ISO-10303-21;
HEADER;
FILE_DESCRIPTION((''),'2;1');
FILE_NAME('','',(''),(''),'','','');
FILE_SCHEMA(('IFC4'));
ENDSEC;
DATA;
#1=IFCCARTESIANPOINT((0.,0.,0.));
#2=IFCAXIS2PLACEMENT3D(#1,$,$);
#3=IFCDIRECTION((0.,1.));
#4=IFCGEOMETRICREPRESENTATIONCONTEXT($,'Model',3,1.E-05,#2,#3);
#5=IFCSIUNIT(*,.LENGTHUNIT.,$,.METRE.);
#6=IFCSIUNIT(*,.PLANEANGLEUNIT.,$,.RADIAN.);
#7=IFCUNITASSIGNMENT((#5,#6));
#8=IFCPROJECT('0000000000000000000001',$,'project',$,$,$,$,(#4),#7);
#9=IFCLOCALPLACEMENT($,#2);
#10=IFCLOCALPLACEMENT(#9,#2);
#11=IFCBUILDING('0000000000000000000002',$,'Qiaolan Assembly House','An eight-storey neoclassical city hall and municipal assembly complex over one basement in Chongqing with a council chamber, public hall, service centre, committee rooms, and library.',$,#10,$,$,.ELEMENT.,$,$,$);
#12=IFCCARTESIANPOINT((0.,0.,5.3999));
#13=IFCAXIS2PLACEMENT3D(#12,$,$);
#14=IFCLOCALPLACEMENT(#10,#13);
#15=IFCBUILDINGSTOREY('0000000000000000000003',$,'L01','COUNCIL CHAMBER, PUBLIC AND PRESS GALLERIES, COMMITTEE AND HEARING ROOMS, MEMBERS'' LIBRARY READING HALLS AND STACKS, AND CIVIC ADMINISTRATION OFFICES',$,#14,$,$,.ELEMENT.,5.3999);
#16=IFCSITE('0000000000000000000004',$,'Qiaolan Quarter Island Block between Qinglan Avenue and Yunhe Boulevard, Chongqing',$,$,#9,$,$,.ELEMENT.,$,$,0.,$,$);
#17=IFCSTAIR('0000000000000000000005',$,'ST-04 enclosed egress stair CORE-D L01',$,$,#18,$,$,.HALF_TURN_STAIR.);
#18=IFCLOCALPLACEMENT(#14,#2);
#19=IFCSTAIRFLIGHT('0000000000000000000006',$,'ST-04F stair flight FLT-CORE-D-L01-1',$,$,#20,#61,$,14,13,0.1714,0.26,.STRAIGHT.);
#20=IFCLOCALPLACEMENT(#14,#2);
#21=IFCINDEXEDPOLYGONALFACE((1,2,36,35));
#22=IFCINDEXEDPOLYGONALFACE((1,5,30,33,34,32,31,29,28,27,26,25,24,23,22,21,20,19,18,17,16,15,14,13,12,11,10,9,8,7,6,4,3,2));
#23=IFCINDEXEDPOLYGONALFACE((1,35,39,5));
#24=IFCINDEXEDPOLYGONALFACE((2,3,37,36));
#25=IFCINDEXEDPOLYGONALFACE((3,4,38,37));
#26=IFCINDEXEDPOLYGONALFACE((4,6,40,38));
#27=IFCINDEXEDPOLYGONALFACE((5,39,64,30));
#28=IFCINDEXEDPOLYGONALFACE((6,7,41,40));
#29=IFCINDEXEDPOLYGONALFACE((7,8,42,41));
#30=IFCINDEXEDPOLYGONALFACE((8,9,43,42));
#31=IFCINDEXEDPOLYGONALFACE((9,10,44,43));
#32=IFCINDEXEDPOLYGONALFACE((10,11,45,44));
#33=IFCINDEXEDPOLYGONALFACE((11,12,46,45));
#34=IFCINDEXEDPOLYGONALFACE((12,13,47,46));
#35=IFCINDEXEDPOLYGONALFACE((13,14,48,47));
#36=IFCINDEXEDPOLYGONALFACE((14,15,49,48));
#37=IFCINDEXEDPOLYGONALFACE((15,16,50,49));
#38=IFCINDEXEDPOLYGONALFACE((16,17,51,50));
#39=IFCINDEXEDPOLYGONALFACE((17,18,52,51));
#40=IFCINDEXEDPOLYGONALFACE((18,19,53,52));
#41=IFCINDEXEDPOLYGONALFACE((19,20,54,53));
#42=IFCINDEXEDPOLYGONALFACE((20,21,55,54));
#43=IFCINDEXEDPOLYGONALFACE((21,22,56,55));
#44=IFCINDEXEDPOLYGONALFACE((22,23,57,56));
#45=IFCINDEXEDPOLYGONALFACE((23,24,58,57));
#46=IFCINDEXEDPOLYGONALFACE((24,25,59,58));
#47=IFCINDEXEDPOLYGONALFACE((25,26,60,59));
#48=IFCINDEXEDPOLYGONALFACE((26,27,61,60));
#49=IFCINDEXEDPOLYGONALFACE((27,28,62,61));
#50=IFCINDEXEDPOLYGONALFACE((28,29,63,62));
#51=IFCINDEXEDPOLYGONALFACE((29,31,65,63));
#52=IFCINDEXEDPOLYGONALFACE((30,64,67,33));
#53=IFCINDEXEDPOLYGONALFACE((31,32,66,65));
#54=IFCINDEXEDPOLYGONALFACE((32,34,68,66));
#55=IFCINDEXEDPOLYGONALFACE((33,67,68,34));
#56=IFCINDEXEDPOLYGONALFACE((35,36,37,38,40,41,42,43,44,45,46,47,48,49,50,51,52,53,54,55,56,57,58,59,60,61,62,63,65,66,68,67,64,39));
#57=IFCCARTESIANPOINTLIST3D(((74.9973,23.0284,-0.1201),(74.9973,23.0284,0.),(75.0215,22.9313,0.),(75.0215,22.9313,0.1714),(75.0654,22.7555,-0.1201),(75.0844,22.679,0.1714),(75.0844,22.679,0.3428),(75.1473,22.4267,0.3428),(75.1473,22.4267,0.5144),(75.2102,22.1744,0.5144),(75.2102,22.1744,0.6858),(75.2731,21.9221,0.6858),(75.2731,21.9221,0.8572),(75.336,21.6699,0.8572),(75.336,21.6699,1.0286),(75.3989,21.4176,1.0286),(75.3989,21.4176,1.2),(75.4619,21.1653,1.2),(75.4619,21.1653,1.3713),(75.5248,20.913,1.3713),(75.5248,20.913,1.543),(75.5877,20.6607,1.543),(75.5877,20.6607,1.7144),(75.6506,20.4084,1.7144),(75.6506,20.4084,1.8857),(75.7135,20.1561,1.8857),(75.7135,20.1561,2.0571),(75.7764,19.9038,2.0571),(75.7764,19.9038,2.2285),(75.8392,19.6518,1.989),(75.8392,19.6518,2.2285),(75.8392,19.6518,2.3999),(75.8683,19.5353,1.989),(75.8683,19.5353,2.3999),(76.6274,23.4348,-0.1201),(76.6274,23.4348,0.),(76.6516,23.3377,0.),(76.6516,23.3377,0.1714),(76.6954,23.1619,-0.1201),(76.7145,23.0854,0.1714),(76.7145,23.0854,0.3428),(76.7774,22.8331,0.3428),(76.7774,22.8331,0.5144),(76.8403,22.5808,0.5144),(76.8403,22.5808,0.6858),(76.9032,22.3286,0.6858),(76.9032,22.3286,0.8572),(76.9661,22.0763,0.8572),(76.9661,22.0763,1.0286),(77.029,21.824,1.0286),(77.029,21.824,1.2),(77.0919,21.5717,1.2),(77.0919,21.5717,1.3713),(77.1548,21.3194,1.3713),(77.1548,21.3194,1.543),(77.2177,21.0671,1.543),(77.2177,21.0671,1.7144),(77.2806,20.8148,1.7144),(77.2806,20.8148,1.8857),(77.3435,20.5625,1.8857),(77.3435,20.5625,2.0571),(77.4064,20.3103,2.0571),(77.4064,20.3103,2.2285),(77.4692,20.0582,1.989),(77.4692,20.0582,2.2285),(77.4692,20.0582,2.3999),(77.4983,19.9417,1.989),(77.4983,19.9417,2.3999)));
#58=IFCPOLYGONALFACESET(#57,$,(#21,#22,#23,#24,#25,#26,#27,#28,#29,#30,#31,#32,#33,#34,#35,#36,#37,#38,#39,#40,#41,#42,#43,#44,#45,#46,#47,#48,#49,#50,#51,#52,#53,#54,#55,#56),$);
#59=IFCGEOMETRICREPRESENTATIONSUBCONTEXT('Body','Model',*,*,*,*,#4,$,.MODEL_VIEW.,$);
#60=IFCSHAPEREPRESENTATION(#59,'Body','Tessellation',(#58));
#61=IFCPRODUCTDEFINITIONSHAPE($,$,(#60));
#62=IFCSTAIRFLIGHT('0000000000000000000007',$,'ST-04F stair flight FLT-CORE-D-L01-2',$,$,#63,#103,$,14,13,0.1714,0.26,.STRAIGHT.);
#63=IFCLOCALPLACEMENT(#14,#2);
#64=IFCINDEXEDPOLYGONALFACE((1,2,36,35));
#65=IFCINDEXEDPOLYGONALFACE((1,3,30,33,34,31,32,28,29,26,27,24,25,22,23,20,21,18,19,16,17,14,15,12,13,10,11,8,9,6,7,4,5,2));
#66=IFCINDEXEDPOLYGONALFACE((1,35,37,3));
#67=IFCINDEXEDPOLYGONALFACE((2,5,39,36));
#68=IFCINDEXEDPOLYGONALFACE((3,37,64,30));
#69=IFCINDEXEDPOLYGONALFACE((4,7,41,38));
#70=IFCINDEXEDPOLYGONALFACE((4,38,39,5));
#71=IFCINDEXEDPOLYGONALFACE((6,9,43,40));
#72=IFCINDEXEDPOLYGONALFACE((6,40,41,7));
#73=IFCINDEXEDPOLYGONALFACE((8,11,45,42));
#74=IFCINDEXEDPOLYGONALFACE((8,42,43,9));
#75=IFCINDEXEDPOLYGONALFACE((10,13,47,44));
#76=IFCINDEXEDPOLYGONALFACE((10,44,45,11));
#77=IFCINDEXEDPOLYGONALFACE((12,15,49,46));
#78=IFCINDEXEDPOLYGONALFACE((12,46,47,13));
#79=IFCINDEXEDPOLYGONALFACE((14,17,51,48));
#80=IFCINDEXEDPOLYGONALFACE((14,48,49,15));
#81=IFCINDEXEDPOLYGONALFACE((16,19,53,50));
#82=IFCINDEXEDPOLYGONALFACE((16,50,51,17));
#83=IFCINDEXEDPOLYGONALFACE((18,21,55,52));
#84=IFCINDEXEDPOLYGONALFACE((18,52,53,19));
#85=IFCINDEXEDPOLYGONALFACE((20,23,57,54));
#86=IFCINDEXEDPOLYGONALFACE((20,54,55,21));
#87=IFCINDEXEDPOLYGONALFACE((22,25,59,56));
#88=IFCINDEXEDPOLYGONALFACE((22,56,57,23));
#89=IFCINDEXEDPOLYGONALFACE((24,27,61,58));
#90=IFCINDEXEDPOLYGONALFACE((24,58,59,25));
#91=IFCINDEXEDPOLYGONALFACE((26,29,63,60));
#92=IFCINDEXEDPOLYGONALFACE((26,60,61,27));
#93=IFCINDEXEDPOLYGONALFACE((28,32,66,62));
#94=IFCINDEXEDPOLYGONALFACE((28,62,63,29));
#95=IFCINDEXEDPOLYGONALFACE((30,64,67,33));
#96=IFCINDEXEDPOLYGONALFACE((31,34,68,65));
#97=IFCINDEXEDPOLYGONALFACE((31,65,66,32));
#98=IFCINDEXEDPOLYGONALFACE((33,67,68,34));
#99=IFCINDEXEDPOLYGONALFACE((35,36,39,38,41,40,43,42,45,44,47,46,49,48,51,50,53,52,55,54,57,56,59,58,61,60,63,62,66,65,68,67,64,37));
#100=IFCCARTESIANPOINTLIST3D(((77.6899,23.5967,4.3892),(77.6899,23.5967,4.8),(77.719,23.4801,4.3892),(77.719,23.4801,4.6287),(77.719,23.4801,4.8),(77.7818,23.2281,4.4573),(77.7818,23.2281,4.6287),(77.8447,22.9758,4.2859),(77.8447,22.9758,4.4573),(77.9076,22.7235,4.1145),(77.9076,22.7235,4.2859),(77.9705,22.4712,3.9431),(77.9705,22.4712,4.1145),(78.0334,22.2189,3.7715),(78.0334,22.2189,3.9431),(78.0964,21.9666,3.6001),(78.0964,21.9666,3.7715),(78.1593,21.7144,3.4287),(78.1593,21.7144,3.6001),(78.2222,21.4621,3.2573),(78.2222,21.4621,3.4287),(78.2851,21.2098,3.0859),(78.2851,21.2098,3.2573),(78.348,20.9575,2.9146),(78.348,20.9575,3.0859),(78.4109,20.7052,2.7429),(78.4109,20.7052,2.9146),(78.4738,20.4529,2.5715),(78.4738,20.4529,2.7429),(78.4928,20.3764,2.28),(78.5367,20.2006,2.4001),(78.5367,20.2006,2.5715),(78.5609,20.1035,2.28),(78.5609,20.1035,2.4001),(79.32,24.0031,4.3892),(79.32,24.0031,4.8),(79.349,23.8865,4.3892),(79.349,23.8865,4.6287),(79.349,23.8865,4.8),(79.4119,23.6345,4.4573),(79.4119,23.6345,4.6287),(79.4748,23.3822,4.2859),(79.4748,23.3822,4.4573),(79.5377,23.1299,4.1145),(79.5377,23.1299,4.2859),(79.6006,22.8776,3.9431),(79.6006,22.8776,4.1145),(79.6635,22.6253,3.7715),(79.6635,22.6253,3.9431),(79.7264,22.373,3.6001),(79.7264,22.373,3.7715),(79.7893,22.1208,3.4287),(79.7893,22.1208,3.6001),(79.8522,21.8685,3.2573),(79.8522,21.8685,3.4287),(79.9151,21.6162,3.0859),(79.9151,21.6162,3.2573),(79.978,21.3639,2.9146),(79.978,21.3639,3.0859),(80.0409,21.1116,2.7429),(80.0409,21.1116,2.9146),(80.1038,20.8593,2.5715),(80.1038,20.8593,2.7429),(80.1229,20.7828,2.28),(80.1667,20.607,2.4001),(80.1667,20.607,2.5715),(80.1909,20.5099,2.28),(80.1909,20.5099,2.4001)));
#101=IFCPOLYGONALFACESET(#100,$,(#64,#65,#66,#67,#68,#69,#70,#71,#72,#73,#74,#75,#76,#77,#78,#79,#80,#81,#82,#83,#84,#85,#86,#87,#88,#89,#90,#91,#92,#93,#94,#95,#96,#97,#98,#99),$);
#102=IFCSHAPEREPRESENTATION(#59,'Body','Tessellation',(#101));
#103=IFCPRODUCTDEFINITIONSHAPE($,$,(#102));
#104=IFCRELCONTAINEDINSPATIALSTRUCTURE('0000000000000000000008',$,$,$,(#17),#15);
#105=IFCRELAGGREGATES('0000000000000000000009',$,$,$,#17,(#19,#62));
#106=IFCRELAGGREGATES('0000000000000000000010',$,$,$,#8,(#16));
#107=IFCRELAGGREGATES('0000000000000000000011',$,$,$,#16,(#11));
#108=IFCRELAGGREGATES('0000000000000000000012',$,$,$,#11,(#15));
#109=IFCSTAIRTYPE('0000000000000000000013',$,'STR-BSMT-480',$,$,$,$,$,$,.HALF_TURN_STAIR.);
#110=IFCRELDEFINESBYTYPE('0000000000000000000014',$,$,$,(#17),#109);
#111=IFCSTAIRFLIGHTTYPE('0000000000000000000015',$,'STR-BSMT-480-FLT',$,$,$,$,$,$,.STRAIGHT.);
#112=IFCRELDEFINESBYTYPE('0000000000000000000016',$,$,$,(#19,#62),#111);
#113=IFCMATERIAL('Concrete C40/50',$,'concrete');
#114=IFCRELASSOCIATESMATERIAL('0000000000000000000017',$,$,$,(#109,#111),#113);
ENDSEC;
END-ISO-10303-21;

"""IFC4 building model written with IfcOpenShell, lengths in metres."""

from ifc_helpers import new_model, si_unit, direction, frame, origin, place, context, subcontext, project, spatial, polyline, outline, extrude, material, type_object, element, aggregate, save


model = new_model("IFC4")

# Units and contexts
model_context = context("Model", 3, precision=1e-05, world=origin(), true_north=direction((0.0, 1.0)))
body_context = subcontext(model_context, "Body", "Model", "MODEL_VIEW")
ifc_project = project(units=[si_unit("LENGTHUNIT", "METRE"), si_unit("PLANEANGLEUNIT", "RADIAN")], contexts=[model_context])

# Site, building, storey
site_placement = place(None, origin())
site = spatial("IfcSite", under=ifc_project, at=site_placement, Name="Qiaolan Quarter Island Block between Qinglan Avenue and Yunhe Boulevard, Chongqing", CompositionType="ELEMENT", RefElevation=0.0)
building_placement = place(site_placement, origin())
building = spatial("IfcBuilding", under=site, at=building_placement, Name="Qiaolan Assembly House", Description="An eight-storey neoclassical city hall and municipal assembly complex over one basement in Chongqing with a council chamber, public hall, service centre, committee rooms, and library.", CompositionType="ELEMENT")
storey_placement = place(building_placement, frame((0.0, 0.0, 5.3999)))
storey = spatial("IfcBuildingStorey", under=building, at=storey_placement, Name="L01", Description="COUNCIL CHAMBER, PUBLIC AND PRESS GALLERIES, COMMITTEE AND HEARING ROOMS, MEMBERS' LIBRARY READING HALLS AND STACKS, AND CIVIC ADMINISTRATION OFFICES", CompositionType="ELEMENT", Elevation=5.3999)

# Shared definitions
ifc_material_1 = material(Name="Concrete C40/50", Category="concrete")

# Stair, stair flights
stair_type = type_object("IfcStairType", Name="STR-BSMT-480", PredefinedType="HALF_TURN_STAIR", material=ifc_material_1)
stair_placement = place(storey_placement, origin())
stair = element("IfcStair", 1, at=stair_placement, inside=storey, type_object=stair_type, Name="ST-04 enclosed egress stair CORE-D L01", PredefinedType="HALF_TURN_STAIR")
stair_flight_type = type_object("IfcStairFlightType", Name="STR-BSMT-480-FLT", PredefinedType="STRAIGHT", material=ifc_material_1)
stair_flight_1_placement = place(storey_placement, frame((75.8367, 23.1345, 0.0), z_axis=(0.0, 0.0, 1.0), x_axis=(0.241922, -0.970296, 0.0)))
stair_flight_1 = element("IfcStairFlight", 2, at=stair_flight_1_placement, type_object=stair_flight_type, Name="ST-04F stair flight FLT-CORE-D-L01-1", NumberOfRisers=14, NumberOfTreads=13, PredefinedType="STRAIGHT", RiserHeight=0.1714, TreadLength=0.26, context=body_context, shape_type="SweptSolid", body=[
    extrude(outline(polyline([(-0.1001, -0.1201), (-0.1001, 0.0), (0.0, 0.0), (0.0, 0.1714), (0.26, 0.1714), (0.26, 0.3428), (0.52, 0.3428), (0.52, 0.5144), (0.78, 0.5144), (0.78, 0.6858), (1.04, 0.6858), (1.04, 0.8572), (1.3, 0.8572), (1.3, 1.0286), (1.5601, 1.0286), (1.5601, 1.2), (1.8201, 1.2), (1.8201, 1.3713), (2.0801, 1.3713), (2.0801, 1.543), (2.3401, 1.543), (2.3401, 1.7144), (2.6001, 1.7144), (2.6001, 1.8857), (2.8601, 1.8857), (2.8601, 2.0571), (3.1201, 2.0571), (3.1201, 2.2285), (3.3799, 2.2285), (3.3799, 2.3999), (3.5, 2.3999), (3.5, 1.989), (3.3799, 1.989), (0.1812, -0.1201), (-0.1001, -0.1201)])), frame((0.0, 0.8398, 0.0), z_axis=(0.0, -1.0, 0.0), x_axis=(1.0, 0.0, 0.0)), (0.0, 0.0, 1.0), 1.6799),
])
stair_flight_2_placement = place(storey_placement, frame((79.3516, 20.4038, 2.4001), z_axis=(0.0, 0.0, 1.0), x_axis=(-0.241922, 0.970296, 0.0)))
stair_flight_2 = element("IfcStairFlight", 3, at=stair_flight_2_placement, type_object=stair_flight_type, Name="ST-04F stair flight FLT-CORE-D-L01-2", NumberOfRisers=14, NumberOfTreads=13, PredefinedType="STRAIGHT", RiserHeight=0.1714, TreadLength=0.26, context=body_context, shape_type="SweptSolid", body=[
    extrude(outline(polyline([(-0.1001, -0.1201), (-0.1001, 0.0), (0.0, 0.0), (0.0, 0.1714), (0.26, 0.1714), (0.26, 0.3428), (0.52, 0.3428), (0.52, 0.5144), (0.78, 0.5144), (0.78, 0.6858), (1.04, 0.6858), (1.04, 0.8572), (1.3, 0.8572), (1.3, 1.0286), (1.5601, 1.0286), (1.5601, 1.2), (1.8201, 1.2), (1.8201, 1.3713), (2.0801, 1.3713), (2.0801, 1.543), (2.3401, 1.543), (2.3401, 1.7144), (2.6001, 1.7144), (2.6001, 1.8857), (2.8601, 1.8857), (2.8601, 2.0571), (3.1201, 2.0571), (3.1201, 2.2285), (3.3799, 2.2285), (3.3799, 2.3999), (3.5, 2.3999), (3.5, 1.989), (3.3799, 1.989), (0.1812, -0.1201), (-0.1001, -0.1201)])), frame((0.0, 0.8398, 0.0), z_axis=(0.0, -1.0, 0.0), x_axis=(1.0, 0.0, 0.0)), (0.0, 0.0, 1.0), 1.6799),
])
aggregate(stair, [stair_flight_1, stair_flight_2])

save(model, "model.ifc")
